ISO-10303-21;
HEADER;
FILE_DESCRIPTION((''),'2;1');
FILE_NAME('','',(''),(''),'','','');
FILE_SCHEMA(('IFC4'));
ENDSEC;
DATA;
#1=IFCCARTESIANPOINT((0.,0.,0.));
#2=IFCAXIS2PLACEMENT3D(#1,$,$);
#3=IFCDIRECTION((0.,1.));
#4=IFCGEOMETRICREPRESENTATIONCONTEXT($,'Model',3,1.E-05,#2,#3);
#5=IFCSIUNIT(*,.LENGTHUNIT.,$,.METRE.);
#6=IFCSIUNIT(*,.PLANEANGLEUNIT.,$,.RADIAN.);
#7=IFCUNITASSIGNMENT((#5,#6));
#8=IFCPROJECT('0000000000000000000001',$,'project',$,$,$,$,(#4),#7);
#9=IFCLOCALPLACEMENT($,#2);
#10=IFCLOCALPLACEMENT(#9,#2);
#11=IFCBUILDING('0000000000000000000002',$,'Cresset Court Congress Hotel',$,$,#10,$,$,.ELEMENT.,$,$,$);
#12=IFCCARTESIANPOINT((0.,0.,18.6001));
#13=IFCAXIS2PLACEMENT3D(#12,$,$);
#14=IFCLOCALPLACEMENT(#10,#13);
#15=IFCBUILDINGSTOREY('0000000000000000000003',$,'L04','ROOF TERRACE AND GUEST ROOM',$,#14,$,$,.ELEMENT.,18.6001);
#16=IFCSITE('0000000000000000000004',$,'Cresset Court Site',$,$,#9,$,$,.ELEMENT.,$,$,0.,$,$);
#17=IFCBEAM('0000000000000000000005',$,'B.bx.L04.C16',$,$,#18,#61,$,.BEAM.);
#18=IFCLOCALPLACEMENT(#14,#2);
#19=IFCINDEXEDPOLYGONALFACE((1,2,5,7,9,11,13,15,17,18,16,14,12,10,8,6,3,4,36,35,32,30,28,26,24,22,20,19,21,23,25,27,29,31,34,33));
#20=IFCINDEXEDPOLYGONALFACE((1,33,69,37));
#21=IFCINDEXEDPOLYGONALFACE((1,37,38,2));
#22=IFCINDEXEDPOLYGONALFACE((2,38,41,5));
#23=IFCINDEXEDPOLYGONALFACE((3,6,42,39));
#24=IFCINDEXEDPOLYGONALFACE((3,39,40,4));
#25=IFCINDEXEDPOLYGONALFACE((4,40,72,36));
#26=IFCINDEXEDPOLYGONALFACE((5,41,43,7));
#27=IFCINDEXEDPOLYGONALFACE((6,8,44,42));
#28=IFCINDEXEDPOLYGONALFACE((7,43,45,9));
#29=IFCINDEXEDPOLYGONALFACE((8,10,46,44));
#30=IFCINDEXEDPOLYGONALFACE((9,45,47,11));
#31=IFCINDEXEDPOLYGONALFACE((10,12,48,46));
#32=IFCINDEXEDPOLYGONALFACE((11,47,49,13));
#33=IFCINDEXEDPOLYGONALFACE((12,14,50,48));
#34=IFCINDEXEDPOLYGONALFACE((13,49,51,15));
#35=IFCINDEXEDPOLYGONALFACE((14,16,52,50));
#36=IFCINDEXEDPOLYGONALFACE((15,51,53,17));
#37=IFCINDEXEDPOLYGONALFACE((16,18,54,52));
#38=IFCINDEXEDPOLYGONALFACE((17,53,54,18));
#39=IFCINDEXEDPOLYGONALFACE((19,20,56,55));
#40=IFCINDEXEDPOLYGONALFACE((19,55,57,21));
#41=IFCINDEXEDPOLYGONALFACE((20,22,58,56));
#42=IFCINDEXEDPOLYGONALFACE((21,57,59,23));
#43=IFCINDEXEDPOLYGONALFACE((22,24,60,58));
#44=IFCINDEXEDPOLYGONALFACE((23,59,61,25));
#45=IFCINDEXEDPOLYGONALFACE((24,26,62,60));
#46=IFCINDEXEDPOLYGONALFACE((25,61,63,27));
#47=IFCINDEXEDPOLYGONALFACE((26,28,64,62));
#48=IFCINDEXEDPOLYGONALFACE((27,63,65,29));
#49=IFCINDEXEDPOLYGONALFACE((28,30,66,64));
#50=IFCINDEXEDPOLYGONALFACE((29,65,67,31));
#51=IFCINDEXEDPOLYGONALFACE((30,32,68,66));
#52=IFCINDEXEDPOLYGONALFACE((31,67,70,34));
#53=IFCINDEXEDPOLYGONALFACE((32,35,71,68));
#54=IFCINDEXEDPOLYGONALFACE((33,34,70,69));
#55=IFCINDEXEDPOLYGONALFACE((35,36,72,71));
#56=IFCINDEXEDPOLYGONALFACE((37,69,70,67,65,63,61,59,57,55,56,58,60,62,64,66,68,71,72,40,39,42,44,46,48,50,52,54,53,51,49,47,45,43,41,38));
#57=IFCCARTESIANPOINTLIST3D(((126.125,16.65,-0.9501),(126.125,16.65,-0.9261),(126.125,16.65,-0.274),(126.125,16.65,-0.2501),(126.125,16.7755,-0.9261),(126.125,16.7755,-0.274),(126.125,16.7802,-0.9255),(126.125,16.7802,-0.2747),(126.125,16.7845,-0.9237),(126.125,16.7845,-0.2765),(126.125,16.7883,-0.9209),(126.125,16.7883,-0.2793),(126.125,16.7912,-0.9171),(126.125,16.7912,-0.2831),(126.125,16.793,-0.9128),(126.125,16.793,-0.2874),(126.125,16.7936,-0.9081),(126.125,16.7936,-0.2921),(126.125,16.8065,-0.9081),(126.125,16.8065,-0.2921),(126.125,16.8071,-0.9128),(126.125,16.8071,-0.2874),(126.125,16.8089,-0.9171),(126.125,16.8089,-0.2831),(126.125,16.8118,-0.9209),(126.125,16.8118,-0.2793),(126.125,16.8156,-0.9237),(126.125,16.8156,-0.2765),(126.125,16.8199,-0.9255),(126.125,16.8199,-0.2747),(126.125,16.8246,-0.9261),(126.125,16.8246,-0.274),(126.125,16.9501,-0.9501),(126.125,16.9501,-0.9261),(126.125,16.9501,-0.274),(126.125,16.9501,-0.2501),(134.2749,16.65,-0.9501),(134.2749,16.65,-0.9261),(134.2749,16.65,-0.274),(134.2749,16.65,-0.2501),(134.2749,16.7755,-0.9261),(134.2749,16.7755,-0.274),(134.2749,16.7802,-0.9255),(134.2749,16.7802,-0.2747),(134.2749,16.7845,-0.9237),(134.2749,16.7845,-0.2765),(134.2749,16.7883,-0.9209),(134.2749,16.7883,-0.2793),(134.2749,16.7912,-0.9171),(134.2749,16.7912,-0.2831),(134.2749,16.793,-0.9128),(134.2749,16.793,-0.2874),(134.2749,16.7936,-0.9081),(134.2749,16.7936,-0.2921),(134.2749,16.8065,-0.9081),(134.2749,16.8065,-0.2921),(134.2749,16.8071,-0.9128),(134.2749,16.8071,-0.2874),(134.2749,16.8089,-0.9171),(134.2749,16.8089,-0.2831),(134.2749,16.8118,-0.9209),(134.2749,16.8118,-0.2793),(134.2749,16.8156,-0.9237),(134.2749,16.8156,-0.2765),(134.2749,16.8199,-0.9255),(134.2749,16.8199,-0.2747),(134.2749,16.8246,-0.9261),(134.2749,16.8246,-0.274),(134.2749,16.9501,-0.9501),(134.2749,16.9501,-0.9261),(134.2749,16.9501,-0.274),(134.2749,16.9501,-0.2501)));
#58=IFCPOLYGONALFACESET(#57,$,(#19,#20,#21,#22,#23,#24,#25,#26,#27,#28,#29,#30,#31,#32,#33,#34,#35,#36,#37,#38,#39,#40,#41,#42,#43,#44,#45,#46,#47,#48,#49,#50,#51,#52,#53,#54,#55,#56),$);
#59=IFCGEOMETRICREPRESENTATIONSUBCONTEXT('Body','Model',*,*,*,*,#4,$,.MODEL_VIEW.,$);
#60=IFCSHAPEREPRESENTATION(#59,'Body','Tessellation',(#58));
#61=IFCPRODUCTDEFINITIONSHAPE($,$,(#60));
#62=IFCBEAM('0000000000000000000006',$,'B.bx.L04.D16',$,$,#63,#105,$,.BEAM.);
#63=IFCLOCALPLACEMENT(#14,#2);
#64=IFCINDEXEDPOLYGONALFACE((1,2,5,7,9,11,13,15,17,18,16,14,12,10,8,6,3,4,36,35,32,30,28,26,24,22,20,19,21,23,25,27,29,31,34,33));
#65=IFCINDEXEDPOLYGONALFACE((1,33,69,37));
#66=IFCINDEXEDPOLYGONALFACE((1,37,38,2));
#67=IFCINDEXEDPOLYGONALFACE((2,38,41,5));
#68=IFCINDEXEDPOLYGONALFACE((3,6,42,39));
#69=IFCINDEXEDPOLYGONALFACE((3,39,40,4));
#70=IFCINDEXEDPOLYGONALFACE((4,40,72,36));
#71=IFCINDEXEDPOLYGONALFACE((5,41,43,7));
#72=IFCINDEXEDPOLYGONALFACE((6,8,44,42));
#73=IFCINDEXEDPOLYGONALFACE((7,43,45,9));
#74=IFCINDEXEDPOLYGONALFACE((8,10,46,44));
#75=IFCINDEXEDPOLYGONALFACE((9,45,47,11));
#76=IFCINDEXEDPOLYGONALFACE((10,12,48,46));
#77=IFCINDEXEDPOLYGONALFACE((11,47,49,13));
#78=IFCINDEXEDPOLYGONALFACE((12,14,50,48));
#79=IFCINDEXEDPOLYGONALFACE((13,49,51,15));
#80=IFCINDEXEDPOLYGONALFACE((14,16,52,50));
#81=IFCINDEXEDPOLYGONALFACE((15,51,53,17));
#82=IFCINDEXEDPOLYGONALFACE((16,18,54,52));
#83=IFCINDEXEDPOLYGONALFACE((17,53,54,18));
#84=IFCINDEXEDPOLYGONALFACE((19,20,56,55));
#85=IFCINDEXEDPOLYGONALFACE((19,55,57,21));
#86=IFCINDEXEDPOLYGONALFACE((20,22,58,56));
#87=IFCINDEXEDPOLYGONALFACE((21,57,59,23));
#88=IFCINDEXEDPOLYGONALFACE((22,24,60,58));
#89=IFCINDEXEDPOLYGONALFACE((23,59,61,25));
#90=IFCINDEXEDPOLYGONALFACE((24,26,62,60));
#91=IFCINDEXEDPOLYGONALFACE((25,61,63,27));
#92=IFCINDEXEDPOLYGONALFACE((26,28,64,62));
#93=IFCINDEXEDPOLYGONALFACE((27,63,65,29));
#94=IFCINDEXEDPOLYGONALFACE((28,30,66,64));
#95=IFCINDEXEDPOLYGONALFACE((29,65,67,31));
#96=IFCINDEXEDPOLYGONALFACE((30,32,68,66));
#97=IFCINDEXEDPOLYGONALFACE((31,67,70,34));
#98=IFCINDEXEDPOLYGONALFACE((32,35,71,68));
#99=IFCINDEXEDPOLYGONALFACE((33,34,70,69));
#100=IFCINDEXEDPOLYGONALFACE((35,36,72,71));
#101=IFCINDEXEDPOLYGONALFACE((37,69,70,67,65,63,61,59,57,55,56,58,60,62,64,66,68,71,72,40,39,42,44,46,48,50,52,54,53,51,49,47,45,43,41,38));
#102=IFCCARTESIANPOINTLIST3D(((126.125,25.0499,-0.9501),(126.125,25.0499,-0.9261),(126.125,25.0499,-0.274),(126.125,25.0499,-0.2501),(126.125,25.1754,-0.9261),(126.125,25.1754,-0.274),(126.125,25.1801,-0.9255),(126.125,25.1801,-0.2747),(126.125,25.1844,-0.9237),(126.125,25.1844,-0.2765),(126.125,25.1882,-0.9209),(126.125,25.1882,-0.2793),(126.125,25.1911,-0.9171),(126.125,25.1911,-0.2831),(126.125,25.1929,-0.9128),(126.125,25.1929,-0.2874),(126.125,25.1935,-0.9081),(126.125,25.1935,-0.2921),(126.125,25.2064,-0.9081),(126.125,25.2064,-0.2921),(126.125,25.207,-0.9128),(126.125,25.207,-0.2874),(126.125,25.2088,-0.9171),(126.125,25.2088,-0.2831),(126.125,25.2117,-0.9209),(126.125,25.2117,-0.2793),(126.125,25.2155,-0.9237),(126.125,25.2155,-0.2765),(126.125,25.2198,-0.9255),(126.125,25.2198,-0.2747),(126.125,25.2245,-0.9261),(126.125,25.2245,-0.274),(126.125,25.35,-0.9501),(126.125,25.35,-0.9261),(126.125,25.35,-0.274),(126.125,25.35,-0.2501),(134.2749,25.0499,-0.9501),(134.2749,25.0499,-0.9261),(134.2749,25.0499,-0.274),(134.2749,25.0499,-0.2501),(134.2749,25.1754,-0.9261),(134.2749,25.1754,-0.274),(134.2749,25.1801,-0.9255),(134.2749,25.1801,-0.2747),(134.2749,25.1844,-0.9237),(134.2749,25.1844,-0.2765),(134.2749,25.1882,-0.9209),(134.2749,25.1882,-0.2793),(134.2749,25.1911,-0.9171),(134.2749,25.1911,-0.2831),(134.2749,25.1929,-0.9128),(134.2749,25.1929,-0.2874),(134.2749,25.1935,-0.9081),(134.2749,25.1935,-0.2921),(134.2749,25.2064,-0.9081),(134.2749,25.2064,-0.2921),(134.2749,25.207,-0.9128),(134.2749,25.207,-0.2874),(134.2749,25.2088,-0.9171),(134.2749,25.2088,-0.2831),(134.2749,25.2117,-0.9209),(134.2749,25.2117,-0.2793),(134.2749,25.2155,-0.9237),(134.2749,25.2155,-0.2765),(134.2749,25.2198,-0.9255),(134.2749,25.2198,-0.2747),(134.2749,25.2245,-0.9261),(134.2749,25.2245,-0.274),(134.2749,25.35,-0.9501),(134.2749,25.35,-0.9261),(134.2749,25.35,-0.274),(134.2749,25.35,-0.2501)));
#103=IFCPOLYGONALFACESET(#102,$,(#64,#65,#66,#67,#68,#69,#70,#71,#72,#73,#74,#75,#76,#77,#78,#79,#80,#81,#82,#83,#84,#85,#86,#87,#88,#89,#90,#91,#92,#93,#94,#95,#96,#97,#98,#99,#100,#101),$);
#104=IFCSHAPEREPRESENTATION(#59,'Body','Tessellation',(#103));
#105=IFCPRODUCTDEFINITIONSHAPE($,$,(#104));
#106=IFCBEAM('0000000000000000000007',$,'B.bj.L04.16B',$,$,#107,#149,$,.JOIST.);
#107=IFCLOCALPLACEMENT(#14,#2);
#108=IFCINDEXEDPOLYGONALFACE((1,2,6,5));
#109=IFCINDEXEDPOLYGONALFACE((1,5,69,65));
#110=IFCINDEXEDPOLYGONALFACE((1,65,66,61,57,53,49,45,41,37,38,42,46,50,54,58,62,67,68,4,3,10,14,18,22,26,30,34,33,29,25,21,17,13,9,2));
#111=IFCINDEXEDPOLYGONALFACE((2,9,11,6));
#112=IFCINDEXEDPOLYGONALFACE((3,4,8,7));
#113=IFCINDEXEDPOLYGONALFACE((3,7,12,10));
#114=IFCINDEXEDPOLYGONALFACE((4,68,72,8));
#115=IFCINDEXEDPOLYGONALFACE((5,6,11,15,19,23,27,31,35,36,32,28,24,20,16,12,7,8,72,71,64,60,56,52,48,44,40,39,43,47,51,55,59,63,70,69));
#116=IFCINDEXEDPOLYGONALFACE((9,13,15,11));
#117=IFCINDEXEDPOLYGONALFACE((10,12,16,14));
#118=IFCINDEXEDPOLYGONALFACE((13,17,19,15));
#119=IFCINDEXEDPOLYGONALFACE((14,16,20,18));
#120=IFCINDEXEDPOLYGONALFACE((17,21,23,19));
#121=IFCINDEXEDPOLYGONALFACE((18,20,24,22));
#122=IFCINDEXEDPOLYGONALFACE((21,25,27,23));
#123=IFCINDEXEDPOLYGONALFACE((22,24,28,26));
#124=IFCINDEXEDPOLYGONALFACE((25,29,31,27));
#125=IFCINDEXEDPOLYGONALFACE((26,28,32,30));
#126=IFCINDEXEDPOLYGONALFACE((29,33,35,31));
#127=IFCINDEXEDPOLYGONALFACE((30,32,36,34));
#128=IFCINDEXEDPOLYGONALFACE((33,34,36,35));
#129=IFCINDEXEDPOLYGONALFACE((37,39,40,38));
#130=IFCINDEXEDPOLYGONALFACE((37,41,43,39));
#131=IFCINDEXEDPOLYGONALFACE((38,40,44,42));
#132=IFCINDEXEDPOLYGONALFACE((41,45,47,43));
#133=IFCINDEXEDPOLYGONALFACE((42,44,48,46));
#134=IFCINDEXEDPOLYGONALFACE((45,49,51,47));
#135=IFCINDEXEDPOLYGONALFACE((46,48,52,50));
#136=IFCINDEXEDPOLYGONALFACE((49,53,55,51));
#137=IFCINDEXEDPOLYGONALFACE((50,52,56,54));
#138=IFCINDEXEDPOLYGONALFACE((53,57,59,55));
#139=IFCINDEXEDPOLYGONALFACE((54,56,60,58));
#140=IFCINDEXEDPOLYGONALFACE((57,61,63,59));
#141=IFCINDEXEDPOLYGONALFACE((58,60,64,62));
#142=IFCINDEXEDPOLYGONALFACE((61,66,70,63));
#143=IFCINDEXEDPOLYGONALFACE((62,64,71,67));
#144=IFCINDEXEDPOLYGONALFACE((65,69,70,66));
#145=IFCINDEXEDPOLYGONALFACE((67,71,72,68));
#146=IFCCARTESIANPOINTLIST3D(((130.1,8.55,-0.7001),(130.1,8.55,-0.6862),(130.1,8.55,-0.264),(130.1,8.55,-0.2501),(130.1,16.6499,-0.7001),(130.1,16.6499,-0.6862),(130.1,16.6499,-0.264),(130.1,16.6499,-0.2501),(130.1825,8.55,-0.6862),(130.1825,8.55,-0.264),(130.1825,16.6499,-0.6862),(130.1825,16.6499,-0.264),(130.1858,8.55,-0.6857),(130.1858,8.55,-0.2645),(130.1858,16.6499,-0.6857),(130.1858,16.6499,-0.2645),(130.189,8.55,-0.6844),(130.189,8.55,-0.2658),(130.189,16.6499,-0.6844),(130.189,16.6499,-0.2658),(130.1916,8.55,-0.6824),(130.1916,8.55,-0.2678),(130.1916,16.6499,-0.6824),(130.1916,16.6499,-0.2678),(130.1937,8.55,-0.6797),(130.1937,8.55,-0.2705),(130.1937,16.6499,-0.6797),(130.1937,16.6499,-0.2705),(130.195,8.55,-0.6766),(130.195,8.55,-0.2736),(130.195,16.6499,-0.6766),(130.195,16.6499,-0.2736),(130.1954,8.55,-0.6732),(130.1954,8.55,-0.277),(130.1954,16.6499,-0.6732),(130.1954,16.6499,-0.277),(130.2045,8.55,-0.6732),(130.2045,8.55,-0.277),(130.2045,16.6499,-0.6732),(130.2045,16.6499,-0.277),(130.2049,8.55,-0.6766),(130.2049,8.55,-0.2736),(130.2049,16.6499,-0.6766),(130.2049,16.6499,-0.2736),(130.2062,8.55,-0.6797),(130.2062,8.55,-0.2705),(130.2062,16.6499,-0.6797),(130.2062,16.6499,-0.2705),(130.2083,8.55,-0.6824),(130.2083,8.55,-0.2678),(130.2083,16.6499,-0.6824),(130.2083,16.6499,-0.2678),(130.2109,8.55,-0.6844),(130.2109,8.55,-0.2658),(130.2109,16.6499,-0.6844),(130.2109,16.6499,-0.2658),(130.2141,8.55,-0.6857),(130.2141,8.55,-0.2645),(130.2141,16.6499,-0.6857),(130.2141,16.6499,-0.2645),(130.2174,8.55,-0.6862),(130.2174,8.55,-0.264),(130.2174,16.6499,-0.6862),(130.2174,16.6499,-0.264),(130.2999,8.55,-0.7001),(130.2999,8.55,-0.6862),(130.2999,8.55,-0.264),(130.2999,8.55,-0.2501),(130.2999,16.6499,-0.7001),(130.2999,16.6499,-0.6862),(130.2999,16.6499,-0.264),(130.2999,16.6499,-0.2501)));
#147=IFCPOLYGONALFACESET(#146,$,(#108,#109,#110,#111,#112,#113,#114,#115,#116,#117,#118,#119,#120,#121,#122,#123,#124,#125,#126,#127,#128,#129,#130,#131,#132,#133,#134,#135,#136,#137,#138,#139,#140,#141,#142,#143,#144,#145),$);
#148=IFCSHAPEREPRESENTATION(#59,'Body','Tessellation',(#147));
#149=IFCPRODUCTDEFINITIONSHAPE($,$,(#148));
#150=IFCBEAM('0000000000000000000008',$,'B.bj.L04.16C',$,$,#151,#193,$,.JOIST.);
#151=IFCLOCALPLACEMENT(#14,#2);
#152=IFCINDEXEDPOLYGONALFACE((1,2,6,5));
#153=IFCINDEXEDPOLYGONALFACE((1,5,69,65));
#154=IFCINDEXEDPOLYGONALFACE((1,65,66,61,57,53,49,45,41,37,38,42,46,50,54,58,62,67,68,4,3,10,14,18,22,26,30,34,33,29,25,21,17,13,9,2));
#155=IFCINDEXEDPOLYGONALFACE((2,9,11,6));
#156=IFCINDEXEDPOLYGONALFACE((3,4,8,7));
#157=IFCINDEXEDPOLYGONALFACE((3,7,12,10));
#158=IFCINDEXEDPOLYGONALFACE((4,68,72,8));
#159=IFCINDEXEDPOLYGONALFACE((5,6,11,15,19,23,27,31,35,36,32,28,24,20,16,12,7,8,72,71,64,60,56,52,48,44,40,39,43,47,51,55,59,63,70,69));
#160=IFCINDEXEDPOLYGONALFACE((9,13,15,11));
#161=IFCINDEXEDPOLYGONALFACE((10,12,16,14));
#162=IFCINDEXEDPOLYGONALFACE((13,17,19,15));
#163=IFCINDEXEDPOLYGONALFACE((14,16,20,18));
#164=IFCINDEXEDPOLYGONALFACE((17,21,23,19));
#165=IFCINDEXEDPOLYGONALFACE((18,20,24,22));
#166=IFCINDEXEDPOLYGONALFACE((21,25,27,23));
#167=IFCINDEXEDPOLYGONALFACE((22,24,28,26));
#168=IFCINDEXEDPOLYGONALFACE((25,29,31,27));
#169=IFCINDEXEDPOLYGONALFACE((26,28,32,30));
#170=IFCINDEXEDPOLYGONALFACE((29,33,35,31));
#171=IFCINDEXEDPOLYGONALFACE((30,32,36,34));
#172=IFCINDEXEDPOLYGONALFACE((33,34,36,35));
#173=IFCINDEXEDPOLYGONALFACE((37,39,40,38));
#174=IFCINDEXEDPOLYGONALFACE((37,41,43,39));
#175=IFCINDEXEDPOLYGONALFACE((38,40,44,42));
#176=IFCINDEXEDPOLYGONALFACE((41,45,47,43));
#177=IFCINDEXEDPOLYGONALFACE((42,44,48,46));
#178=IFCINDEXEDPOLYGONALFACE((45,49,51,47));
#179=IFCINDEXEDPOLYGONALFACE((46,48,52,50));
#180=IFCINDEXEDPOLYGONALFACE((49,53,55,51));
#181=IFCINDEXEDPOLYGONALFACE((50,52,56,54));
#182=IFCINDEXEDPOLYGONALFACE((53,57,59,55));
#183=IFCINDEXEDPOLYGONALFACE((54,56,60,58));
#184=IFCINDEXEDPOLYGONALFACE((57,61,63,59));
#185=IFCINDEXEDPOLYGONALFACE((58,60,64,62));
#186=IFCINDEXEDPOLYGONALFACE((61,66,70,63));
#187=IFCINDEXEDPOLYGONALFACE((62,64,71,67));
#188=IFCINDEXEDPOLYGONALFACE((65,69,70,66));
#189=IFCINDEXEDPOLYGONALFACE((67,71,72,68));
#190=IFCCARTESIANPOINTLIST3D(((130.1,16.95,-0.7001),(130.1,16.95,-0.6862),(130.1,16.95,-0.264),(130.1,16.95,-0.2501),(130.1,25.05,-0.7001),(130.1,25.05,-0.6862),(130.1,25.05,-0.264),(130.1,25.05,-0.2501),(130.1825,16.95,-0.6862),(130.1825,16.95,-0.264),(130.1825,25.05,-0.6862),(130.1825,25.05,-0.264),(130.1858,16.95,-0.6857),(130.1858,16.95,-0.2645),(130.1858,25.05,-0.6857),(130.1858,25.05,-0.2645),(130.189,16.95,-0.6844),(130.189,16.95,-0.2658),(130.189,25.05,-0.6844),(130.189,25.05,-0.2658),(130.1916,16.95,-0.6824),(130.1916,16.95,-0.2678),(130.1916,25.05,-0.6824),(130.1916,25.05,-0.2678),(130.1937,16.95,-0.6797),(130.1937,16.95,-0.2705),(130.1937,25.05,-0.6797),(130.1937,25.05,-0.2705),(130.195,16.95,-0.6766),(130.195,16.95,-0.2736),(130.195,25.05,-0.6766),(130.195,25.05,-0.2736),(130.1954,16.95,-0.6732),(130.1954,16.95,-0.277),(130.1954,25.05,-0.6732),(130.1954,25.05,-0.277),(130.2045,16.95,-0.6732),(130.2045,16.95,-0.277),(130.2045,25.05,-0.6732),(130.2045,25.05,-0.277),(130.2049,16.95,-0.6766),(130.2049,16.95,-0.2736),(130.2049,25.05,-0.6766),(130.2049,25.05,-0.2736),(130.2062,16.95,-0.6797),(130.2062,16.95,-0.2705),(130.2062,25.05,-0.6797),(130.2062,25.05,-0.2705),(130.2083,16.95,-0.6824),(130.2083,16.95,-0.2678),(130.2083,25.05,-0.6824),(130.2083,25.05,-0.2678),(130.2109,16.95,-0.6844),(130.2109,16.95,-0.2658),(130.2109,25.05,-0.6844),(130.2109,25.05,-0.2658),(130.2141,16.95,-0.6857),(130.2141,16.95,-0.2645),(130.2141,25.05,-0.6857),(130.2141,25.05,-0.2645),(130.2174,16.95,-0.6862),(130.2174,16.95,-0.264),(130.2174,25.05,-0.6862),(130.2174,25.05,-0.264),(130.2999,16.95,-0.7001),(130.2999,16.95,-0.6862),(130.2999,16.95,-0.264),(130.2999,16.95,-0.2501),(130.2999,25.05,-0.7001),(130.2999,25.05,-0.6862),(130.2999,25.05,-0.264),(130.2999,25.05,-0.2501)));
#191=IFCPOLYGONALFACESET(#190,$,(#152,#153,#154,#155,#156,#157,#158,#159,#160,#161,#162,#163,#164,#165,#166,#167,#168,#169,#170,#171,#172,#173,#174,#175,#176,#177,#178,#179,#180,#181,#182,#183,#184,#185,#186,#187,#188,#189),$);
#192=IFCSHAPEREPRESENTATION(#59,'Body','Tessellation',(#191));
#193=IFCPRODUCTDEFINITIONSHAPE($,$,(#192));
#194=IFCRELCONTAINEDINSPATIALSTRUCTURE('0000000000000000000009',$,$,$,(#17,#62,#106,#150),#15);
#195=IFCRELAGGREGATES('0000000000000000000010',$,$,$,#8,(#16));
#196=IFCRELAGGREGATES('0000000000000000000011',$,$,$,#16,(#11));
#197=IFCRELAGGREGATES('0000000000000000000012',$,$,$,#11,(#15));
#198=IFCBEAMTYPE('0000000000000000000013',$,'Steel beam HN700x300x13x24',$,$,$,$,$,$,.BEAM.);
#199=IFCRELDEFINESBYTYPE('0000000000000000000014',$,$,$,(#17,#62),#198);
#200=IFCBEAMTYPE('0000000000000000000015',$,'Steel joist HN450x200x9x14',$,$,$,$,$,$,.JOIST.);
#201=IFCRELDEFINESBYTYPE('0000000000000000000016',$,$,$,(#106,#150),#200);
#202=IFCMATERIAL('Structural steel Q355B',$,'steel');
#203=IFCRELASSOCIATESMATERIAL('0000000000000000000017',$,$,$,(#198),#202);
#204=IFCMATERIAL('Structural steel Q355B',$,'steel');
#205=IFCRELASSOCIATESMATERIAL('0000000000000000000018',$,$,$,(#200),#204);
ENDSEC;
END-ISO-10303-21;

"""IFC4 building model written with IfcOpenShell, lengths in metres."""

from ifc_helpers import new_model, si_unit, direction, frame, origin, origin_2d, place, context, subcontext, project, spatial, i_section, extrude, material, material_profile, profile_set, type_object, element, save


model = new_model("IFC4")

# Units and contexts
model_context = context("Model", 3, precision=1e-05, world=origin(), true_north=direction((0.0, 1.0)))
body_context = subcontext(model_context, "Body", "Model", "MODEL_VIEW")
ifc_project = project(units=[si_unit("LENGTHUNIT", "METRE"), si_unit("PLANEANGLEUNIT", "RADIAN")], contexts=[model_context])

# Site, building, storey
site_placement = place(None, origin())
site = spatial("IfcSite", under=ifc_project, at=site_placement, Name="Cresset Court Site", CompositionType="ELEMENT", RefElevation=0.0)
building_placement = place(site_placement, origin())
building = spatial("IfcBuilding", under=site, at=building_placement, Name="Cresset Court Congress Hotel", CompositionType="ELEMENT")
storey_placement = place(building_placement, frame((0.0, 0.0, 18.6001)))
storey = spatial("IfcBuildingStorey", under=building, at=storey_placement, Name="L04", Description="ROOF TERRACE AND GUEST ROOM", CompositionType="ELEMENT", Elevation=18.6001)

# Beams
ifc_material_1 = material(Name="Structural steel Q355B", Category="steel")
ifc_material_profile_1 = material_profile(ifc_material_1, i_section(OverallWidth=0.3, OverallDepth=0.7, WebThickness=0.0129, FlangeThickness=0.0239, FilletRadius=0.0181, at=origin_2d()), Name="HN700x300x13x24")
ifc_profile_set_1 = profile_set([ifc_material_profile_1], Name="Structural steel Q355B")
beam_type_1 = type_object("IfcBeamType", Name="Steel beam HN700x300x13x24", PredefinedType="BEAM", material=ifc_profile_set_1)
for number, where, z_axis, x_axis, name in (
    (1, (126.125, 16.8, -0.6001), (1.0, 0.0, 0.0), (0.0, 1.0, 0.0), "B.bx.L04.C16"),
    (2, (126.125, 25.2, -0.6001), (1.0, 0.0, 0.0), (0.0, 1.0, 0.0), "B.bx.L04.D16"),
):
    element("IfcBeam", number, at=place(storey_placement, frame(where, z_axis=z_axis, x_axis=x_axis)), inside=storey, type_object=beam_type_1, Name=name, PredefinedType="BEAM", context=body_context, shape_type="SweptSolid", body=[
        extrude(i_section(OverallWidth=0.3, OverallDepth=0.7, WebThickness=0.0129, FlangeThickness=0.0239, FilletRadius=0.0181, at=origin_2d()), origin(), (0.0, 0.0, 1.0), 8.1499),
    ])
ifc_material_2 = material(Name="Structural steel Q355B", Category="steel")
ifc_material_profile_2 = material_profile(ifc_material_2, i_section(OverallWidth=0.2, OverallDepth=0.45, WebThickness=0.009, FlangeThickness=0.0139, FilletRadius=0.0129, at=origin_2d()), Name="HN450x200x9x14")
ifc_profile_set_2 = profile_set([ifc_material_profile_2], Name="Structural steel Q355B")
beam_type_2 = type_object("IfcBeamType", Name="Steel joist HN450x200x9x14", PredefinedType="JOIST", material=ifc_profile_set_2)
beam_1_placement = place(storey_placement, frame((130.2, 8.55, -0.4751), z_axis=(0.0, 1.0, 0.0), x_axis=(-1.0, 0.0, 0.0)))
element("IfcBeam", 3, at=beam_1_placement, inside=storey, type_object=beam_type_2, Name="B.bj.L04.16B", PredefinedType="JOIST", context=body_context, shape_type="SweptSolid", body=[
    extrude(i_section(OverallWidth=0.2, OverallDepth=0.45, WebThickness=0.009, FlangeThickness=0.0139, FilletRadius=0.0129, at=origin_2d()), origin(), (0.0, 0.0, 1.0), 8.0999),
])
beam_2_placement = place(storey_placement, frame((130.2, 16.95, -0.4751), z_axis=(0.0, 1.0, 0.0), x_axis=(-1.0, 0.0, 0.0)))
element("IfcBeam", 4, at=beam_2_placement, inside=storey, type_object=beam_type_2, Name="B.bj.L04.16C", PredefinedType="JOIST", context=body_context, shape_type="SweptSolid", body=[
    extrude(i_section(OverallWidth=0.2, OverallDepth=0.45, WebThickness=0.009, FlangeThickness=0.0139, FilletRadius=0.0129, at=origin_2d()), origin(), (0.0, 0.0, 1.0), 8.1001),
])

save(model, "model.ifc")
